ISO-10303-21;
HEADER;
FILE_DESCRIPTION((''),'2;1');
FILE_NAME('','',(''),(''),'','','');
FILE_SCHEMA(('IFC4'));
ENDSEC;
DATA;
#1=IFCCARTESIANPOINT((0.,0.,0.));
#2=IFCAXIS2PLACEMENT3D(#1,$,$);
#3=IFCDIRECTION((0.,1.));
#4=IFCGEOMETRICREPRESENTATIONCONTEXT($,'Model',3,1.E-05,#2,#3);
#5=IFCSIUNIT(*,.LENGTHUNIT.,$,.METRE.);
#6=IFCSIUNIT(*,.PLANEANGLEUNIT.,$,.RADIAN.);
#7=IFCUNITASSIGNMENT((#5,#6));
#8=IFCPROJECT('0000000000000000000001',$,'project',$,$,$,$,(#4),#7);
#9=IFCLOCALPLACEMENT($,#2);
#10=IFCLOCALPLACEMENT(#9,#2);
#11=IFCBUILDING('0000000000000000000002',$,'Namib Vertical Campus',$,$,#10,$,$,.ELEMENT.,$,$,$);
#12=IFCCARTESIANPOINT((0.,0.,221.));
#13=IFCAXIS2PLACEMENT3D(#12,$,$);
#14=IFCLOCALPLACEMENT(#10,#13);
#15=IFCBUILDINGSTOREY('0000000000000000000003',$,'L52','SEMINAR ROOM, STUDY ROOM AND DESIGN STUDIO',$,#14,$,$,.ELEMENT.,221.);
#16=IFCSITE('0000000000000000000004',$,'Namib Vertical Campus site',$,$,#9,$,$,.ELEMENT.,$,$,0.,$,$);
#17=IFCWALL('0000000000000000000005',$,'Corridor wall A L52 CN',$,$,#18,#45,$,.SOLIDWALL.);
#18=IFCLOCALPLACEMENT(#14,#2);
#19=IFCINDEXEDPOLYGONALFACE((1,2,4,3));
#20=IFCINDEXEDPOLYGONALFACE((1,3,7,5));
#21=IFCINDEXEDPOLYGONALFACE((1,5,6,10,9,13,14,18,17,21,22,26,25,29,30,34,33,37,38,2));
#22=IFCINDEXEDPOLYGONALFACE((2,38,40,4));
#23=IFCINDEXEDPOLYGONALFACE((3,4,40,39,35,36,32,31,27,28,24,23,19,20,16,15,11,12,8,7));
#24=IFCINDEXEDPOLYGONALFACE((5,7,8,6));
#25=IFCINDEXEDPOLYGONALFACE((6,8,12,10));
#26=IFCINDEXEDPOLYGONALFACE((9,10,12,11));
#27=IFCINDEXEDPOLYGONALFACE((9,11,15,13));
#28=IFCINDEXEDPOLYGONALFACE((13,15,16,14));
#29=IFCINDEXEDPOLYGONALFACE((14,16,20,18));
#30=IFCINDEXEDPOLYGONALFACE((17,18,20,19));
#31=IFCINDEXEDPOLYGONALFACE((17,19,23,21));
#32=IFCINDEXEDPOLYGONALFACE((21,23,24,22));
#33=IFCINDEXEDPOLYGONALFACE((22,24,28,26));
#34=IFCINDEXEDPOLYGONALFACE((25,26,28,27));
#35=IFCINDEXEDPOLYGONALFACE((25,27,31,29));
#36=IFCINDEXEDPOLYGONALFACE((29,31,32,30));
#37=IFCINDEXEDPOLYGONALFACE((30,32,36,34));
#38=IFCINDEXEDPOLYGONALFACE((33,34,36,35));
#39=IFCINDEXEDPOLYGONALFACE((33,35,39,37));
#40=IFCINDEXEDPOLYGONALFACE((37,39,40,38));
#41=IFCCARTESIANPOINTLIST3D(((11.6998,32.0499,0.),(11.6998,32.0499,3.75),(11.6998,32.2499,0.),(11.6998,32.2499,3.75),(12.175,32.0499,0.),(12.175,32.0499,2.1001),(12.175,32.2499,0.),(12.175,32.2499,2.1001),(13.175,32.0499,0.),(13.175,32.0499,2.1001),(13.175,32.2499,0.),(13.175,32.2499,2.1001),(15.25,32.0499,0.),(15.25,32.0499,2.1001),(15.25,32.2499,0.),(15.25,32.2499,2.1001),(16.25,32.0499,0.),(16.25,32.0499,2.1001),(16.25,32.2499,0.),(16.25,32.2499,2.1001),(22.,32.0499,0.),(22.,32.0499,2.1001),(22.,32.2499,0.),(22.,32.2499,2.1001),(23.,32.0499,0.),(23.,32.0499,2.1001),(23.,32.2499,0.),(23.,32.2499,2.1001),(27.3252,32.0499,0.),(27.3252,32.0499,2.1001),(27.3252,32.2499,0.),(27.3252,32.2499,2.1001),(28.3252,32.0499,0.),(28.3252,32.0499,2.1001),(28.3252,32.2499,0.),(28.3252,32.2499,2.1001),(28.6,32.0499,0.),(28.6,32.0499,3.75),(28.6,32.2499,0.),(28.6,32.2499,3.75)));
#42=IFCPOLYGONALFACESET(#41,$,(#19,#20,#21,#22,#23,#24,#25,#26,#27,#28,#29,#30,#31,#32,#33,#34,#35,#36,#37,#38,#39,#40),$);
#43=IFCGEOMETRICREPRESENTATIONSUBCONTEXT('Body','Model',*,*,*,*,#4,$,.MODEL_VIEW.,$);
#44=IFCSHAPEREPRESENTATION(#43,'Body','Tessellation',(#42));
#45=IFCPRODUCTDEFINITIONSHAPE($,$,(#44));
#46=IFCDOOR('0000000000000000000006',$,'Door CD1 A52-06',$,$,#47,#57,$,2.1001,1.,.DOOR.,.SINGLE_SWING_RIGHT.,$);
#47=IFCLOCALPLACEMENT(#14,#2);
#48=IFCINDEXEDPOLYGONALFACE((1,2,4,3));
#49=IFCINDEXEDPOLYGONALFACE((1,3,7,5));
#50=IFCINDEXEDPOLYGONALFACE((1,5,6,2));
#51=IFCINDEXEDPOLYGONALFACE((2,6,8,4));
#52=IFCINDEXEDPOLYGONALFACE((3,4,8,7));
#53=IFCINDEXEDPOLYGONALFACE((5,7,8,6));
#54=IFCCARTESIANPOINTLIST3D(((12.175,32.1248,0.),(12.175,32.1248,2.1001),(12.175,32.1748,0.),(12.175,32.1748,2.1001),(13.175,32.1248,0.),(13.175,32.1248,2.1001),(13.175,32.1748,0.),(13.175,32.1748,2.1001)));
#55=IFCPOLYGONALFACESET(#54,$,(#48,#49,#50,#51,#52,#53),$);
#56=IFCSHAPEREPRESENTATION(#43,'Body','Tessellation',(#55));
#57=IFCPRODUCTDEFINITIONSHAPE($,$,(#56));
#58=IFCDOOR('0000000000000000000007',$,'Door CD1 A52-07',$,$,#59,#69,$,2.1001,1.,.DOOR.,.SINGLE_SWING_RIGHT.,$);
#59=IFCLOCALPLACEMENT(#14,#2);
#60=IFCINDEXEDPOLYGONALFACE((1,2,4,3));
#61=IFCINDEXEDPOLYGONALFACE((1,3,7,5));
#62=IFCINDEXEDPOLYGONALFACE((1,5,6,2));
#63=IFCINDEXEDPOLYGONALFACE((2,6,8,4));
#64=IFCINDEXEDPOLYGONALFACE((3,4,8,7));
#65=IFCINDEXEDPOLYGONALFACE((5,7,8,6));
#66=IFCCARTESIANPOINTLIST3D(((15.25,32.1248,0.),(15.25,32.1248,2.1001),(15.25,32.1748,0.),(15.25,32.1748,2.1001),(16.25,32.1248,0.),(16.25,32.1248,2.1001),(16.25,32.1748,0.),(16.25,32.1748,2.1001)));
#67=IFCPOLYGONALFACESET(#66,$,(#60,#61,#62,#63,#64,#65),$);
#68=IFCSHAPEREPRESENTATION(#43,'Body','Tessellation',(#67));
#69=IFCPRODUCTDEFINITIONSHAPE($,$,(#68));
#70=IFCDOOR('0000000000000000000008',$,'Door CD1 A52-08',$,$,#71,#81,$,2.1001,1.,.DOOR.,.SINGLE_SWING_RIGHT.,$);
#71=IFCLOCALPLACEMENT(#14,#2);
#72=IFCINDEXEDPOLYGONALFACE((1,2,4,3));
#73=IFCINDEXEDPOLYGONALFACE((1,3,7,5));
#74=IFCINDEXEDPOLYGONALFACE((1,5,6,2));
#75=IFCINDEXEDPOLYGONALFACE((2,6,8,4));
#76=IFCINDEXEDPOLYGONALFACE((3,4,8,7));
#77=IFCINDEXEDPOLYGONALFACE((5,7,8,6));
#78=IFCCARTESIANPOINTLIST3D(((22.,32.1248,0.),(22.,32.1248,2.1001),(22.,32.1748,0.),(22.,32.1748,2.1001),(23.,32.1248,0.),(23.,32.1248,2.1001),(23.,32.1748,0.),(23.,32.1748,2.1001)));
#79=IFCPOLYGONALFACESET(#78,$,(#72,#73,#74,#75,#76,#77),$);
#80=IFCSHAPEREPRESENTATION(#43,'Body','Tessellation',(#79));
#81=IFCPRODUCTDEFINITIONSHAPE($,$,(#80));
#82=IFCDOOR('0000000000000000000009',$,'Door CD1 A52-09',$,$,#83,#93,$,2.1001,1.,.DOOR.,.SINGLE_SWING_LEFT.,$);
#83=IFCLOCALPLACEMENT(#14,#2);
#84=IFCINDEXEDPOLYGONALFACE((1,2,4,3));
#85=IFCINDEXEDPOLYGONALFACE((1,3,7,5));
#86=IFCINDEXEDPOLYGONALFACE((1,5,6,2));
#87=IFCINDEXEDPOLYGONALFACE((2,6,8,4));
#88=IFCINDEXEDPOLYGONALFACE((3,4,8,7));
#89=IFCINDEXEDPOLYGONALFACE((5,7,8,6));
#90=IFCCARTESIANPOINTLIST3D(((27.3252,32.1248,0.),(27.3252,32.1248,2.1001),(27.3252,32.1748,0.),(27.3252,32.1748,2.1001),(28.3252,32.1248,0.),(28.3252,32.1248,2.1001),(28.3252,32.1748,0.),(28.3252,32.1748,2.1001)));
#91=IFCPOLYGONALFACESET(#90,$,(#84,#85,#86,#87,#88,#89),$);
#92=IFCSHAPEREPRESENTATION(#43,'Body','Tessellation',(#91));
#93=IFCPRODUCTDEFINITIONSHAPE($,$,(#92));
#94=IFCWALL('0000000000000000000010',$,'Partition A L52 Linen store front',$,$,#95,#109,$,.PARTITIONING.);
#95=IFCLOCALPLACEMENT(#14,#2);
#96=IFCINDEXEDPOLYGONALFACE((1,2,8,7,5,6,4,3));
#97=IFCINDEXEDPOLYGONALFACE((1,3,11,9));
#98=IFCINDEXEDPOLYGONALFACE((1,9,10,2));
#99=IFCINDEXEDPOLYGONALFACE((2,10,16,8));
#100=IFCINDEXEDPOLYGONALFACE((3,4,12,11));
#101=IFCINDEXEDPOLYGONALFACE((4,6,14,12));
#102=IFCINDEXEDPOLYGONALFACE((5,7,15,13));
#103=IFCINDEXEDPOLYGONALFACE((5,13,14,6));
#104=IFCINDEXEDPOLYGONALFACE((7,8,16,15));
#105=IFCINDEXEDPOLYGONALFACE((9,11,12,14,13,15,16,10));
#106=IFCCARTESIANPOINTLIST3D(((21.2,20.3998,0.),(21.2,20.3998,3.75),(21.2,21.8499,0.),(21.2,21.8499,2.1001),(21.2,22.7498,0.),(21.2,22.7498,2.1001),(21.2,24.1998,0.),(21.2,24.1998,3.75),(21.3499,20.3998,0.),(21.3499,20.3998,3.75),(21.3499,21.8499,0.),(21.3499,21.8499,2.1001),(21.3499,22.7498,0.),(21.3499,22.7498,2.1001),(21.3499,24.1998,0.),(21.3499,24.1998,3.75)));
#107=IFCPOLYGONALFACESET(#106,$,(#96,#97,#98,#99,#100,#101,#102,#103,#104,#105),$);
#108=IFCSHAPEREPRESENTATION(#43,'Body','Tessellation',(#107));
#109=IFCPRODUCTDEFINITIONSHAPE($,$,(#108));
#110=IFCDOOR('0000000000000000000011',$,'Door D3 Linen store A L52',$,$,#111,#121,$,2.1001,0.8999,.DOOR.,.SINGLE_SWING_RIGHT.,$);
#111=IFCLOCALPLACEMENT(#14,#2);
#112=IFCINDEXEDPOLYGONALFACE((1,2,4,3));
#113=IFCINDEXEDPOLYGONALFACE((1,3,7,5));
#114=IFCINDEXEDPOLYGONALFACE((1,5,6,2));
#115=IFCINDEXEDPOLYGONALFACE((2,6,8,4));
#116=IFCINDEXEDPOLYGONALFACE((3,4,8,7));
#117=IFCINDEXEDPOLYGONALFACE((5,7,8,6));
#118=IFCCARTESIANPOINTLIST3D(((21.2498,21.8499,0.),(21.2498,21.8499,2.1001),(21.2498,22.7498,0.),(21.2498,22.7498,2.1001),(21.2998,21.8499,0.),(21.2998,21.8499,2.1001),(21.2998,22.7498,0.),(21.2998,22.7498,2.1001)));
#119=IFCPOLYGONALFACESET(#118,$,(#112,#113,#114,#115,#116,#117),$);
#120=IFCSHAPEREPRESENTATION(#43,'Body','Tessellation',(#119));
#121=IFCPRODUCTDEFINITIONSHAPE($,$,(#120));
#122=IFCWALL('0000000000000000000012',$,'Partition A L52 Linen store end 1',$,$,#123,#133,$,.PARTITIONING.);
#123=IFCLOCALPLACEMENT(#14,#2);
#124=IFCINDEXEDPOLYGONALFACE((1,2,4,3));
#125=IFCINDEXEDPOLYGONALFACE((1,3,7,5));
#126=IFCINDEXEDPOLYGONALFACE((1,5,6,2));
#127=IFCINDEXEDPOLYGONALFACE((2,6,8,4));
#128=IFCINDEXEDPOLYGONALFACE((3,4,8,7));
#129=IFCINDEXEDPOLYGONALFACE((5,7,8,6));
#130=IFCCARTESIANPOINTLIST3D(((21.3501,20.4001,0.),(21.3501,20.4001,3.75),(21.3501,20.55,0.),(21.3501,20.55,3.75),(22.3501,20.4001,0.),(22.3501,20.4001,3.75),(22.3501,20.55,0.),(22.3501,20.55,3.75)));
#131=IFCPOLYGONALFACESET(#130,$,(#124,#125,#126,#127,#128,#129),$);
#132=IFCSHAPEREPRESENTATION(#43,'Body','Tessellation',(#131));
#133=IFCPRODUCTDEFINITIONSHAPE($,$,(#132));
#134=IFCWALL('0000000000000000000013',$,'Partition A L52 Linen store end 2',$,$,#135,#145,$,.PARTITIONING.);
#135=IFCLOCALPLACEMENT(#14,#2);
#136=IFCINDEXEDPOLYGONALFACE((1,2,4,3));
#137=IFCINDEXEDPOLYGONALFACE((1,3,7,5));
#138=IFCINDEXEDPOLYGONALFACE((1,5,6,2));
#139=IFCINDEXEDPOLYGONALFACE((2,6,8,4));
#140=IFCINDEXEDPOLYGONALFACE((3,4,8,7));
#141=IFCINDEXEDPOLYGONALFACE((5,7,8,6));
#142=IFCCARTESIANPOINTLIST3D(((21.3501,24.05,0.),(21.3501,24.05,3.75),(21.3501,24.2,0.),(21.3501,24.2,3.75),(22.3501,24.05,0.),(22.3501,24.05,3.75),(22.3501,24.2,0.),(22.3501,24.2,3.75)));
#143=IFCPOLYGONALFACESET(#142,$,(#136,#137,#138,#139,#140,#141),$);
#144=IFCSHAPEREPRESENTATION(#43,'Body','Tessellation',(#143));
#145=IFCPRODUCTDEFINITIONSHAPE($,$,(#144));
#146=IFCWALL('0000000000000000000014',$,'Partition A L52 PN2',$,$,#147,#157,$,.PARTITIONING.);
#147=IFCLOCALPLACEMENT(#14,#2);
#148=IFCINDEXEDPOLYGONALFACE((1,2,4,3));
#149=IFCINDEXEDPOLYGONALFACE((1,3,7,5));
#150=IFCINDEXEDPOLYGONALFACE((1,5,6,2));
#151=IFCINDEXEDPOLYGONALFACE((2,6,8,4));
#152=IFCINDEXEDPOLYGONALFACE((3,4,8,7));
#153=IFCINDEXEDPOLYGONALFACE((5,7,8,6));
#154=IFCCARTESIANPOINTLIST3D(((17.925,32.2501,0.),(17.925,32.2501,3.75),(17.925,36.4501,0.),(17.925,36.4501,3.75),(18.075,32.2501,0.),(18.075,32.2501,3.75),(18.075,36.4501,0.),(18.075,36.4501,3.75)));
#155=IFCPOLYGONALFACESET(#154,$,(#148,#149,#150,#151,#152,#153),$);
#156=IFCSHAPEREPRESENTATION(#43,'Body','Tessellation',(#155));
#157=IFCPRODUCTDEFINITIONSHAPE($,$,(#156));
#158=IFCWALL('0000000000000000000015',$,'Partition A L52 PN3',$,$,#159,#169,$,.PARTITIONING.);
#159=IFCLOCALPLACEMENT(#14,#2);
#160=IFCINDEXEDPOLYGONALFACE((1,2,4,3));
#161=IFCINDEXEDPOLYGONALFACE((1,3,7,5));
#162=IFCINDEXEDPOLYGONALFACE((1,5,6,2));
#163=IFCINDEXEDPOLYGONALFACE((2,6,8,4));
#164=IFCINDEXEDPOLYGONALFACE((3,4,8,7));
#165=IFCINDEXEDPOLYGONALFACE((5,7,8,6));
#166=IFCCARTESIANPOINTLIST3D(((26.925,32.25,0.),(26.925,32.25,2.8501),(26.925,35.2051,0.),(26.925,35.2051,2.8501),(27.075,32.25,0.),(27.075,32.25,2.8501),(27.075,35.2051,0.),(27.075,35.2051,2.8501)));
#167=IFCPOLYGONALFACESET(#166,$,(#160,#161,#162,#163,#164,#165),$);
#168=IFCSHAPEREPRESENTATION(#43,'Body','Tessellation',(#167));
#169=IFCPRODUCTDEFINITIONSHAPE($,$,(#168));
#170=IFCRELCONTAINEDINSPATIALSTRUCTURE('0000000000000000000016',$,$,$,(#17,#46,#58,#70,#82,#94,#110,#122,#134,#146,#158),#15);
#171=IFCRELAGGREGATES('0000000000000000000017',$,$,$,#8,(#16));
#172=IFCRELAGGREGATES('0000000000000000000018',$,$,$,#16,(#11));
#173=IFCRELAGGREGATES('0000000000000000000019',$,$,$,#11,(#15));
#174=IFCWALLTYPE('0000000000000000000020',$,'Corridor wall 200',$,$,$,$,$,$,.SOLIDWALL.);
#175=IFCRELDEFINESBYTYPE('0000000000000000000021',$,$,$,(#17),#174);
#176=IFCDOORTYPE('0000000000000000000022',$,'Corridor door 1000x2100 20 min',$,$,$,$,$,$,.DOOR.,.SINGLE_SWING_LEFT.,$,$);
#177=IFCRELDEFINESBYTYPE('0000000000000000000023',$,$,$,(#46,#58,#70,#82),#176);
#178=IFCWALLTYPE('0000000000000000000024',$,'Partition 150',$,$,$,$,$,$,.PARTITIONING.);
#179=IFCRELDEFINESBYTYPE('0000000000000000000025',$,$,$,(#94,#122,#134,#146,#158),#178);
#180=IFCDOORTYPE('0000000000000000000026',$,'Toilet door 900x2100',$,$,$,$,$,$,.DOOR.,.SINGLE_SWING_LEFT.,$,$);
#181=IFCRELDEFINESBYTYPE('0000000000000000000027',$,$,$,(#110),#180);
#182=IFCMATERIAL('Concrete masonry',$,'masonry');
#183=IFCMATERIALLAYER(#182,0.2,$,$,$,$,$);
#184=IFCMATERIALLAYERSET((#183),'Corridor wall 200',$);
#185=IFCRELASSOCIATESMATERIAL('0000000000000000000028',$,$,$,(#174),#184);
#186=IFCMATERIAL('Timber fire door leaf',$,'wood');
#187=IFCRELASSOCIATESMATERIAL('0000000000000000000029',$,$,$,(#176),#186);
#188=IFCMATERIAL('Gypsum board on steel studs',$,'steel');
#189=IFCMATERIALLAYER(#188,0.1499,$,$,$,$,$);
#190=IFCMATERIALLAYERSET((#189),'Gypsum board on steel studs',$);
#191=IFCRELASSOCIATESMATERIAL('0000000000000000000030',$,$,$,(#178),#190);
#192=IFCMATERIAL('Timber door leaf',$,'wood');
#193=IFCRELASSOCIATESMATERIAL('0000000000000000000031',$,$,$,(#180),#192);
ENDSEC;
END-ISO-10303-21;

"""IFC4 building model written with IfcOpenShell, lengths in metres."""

from ifc_helpers import new_model, si_unit, direction, frame, frame_2d, origin, place, context, subcontext, project, spatial, rectangle, extrude, material, layer, layer_set, type_object, element, fill, save


model = new_model("IFC4")

# Units and contexts
model_context = context("Model", 3, precision=1e-05, world=origin(), true_north=direction((0.0, 1.0)))
body_context = subcontext(model_context, "Body", "Model", "MODEL_VIEW")
ifc_project = project(units=[si_unit("LENGTHUNIT", "METRE"), si_unit("PLANEANGLEUNIT", "RADIAN")], contexts=[model_context])

# Site, building, storey
site_placement = place(None, origin())
site = spatial("IfcSite", under=ifc_project, at=site_placement, Name="Namib Vertical Campus site", CompositionType="ELEMENT", RefElevation=0.0)
building_placement = place(site_placement, origin())
building = spatial("IfcBuilding", under=site, at=building_placement, Name="Namib Vertical Campus", CompositionType="ELEMENT")
storey_placement = place(building_placement, frame((0.0, 0.0, 221.0)))
storey = spatial("IfcBuildingStorey", under=building, at=storey_placement, Name="L52", Description="SEMINAR ROOM, STUDY ROOM AND DESIGN STUDIO", CompositionType="ELEMENT", Elevation=221.0)

# Wall, openings, doors
ifc_material_1 = material(Name="Concrete masonry", Category="masonry")
ifc_layer_1 = layer(ifc_material_1, 0.2)
ifc_layer_set_1 = layer_set([ifc_layer_1], Name="Corridor wall 200")
wall_type_1 = type_object("IfcWallType", Name="Corridor wall 200", PredefinedType="SOLIDWALL", material=ifc_layer_set_1)
wall_1_placement = place(storey_placement, frame((28.6001, 32.1499, 0.0), z_axis=(0.0, 0.0, 1.0), x_axis=(-1.0, 0.0, 0.0)))
wall_1 = element("IfcWall", 1, at=wall_1_placement, inside=storey, type_object=wall_type_1, Name="Corridor wall A L52 CN", PredefinedType="SOLIDWALL", context=body_context, shape_type="SweptSolid", body=[
    extrude(rectangle(XDim=16.9001, YDim=0.2, at=frame_2d((8.4502, 0.0))), origin(), (0.0, 0.0, 1.0), 3.75),
])
opening_1_placement = place(wall_1_placement, frame((15.425, 0.0, 0.0)))
opening_1 = element("IfcOpeningElement", 2, at=opening_1_placement, cuts=wall_1, PredefinedType="OPENING", context=body_context, shape_type="SweptSolid", body=[
    extrude(rectangle(XDim=1.0, YDim=2.1001, at=frame_2d((0.5, 1.05))), frame((0.0, 0.1099, 0.0), z_axis=(0.0, -1.0, 0.0), x_axis=(1.0, 0.0, 0.0)), (0.0, 0.0, 1.0), 0.22),
])
opening_2_placement = place(wall_1_placement, frame((12.3501, 0.0, 0.0)))
opening_2 = element("IfcOpeningElement", 3, at=opening_2_placement, cuts=wall_1, PredefinedType="OPENING", context=body_context, shape_type="SweptSolid", body=[
    extrude(rectangle(XDim=1.0, YDim=2.1001, at=frame_2d((0.5, 1.05))), frame((0.0, 0.1099, 0.0), z_axis=(0.0, -1.0, 0.0), x_axis=(1.0, 0.0, 0.0)), (0.0, 0.0, 1.0), 0.22),
])
opening_3_placement = place(wall_1_placement, frame((5.6001, 0.0, 0.0)))
opening_3 = element("IfcOpeningElement", 4, at=opening_3_placement, cuts=wall_1, PredefinedType="OPENING", context=body_context, shape_type="SweptSolid", body=[
    extrude(rectangle(XDim=1.0, YDim=2.1001, at=frame_2d((0.5, 1.05))), frame((0.0, 0.1099, 0.0), z_axis=(0.0, -1.0, 0.0), x_axis=(1.0, 0.0, 0.0)), (0.0, 0.0, 1.0), 0.22),
])
opening_4_placement = place(wall_1_placement, frame((0.2749, 0.0, 0.0)))
opening_4 = element("IfcOpeningElement", 5, at=opening_4_placement, cuts=wall_1, PredefinedType="OPENING", context=body_context, shape_type="SweptSolid", body=[
    extrude(rectangle(XDim=1.0, YDim=2.1001, at=frame_2d((0.5, 1.05))), frame((0.0, 0.1099, 0.0), z_axis=(0.0, -1.0, 0.0), x_axis=(1.0, 0.0, 0.0)), (0.0, 0.0, 1.0), 0.22),
])
ifc_material_2 = material(Name="Timber fire door leaf", Category="wood")
door_type_1 = type_object("IfcDoorType", Name="Corridor door 1000x2100 20 min", OperationType="SINGLE_SWING_LEFT", PredefinedType="DOOR", material=ifc_material_2)
door_1_placement = place(opening_1_placement, frame((1.0, 0.0, 0.0), z_axis=(0.0, 0.0, 1.0), x_axis=(-1.0, 0.0, 0.0)))
door_1 = element("IfcDoor", 6, at=door_1_placement, inside=storey, type_object=door_type_1, Name="Door CD1 A52-06", OperationType="SINGLE_SWING_RIGHT", OverallHeight=2.1001, OverallWidth=1.0, PredefinedType="DOOR", context=body_context, shape_type="SweptSolid", body=[
    extrude(rectangle(XDim=1.0, YDim=2.1001, at=frame_2d((0.5, 1.05))), frame((0.0, 0.0249, 0.0), z_axis=(0.0, -1.0, 0.0), x_axis=(1.0, 0.0, 0.0)), (0.0, 0.0, 1.0), 0.05),
])
fill(opening_1, door_1)
door_2_placement = place(opening_2_placement, frame((1.0, 0.0, 0.0), z_axis=(0.0, 0.0, 1.0), x_axis=(-1.0, 0.0, 0.0)))
door_2 = element("IfcDoor", 7, at=door_2_placement, inside=storey, type_object=door_type_1, Name="Door CD1 A52-07", OperationType="SINGLE_SWING_RIGHT", OverallHeight=2.1001, OverallWidth=1.0, PredefinedType="DOOR", context=body_context, shape_type="SweptSolid", body=[
    extrude(rectangle(XDim=1.0, YDim=2.1001, at=frame_2d((0.5, 1.05))), frame((0.0, 0.0249, 0.0), z_axis=(0.0, -1.0, 0.0), x_axis=(1.0, 0.0, 0.0)), (0.0, 0.0, 1.0), 0.05),
])
fill(opening_2, door_2)
door_3_placement = place(opening_3_placement, frame((1.0, 0.0, 0.0), z_axis=(0.0, 0.0, 1.0), x_axis=(-1.0, 0.0, 0.0)))
door_3 = element("IfcDoor", 8, at=door_3_placement, inside=storey, type_object=door_type_1, Name="Door CD1 A52-08", OperationType="SINGLE_SWING_RIGHT", OverallHeight=2.1001, OverallWidth=1.0, PredefinedType="DOOR", context=body_context, shape_type="SweptSolid", body=[
    extrude(rectangle(XDim=1.0, YDim=2.1001, at=frame_2d((0.5, 1.05))), frame((0.0, 0.0249, 0.0), z_axis=(0.0, -1.0, 0.0), x_axis=(1.0, 0.0, 0.0)), (0.0, 0.0, 1.0), 0.05),
])
fill(opening_3, door_3)
door_4_placement = place(opening_4_placement, frame((1.0, 0.0, 0.0), z_axis=(0.0, 0.0, 1.0), x_axis=(-1.0, 0.0, 0.0)))
door_4 = element("IfcDoor", 9, at=door_4_placement, inside=storey, type_object=door_type_1, Name="Door CD1 A52-09", OperationType="SINGLE_SWING_LEFT", OverallHeight=2.1001, OverallWidth=1.0, PredefinedType="DOOR", context=body_context, shape_type="SweptSolid", body=[
    extrude(rectangle(XDim=1.0, YDim=2.1001, at=frame_2d((0.5, 1.05))), frame((0.0, 0.0249, 0.0), z_axis=(0.0, -1.0, 0.0), x_axis=(1.0, 0.0, 0.0)), (0.0, 0.0, 1.0), 0.05),
])
fill(opening_4, door_4)

# Wall, opening, door
ifc_material_3 = material(Name="Gypsum board on steel studs", Category="steel")
ifc_layer_2 = layer(ifc_material_3, 0.1499)
ifc_layer_set_2 = layer_set([ifc_layer_2], Name="Gypsum board on steel studs")
wall_type_2 = type_object("IfcWallType", Name="Partition 150", PredefinedType="PARTITIONING", material=ifc_layer_set_2)
wall_2_placement = place(storey_placement, frame((21.2749, 20.3999, 0.0), z_axis=(0.0, 0.0, 1.0), x_axis=(0.0, 1.0, 0.0)))
wall_2 = element("IfcWall", 10, at=wall_2_placement, inside=storey, type_object=wall_type_2, Name="Partition A L52 Linen store front", PredefinedType="PARTITIONING", context=body_context, shape_type="SweptSolid", body=[
    extrude(rectangle(XDim=3.8, YDim=0.1499, at=frame_2d((1.8999, 0.0))), origin(), (0.0, 0.0, 1.0), 3.75),
])
opening_5_placement = place(wall_2_placement, frame((1.45, 0.0, 0.0)))
opening_5 = element("IfcOpeningElement", 11, at=opening_5_placement, cuts=wall_2, PredefinedType="OPENING", context=body_context, shape_type="SweptSolid", body=[
    extrude(rectangle(XDim=0.8999, YDim=2.1001, at=frame_2d((0.45, 1.05))), frame((0.0, 0.085, 0.0), z_axis=(0.0, -1.0, 0.0), x_axis=(1.0, 0.0, 0.0)), (0.0, 0.0, 1.0), 0.1699),
])
ifc_material_4 = material(Name="Timber door leaf", Category="wood")
door_type_2 = type_object("IfcDoorType", Name="Toilet door 900x2100", OperationType="SINGLE_SWING_LEFT", PredefinedType="DOOR", material=ifc_material_4)
door_5_placement = place(opening_5_placement, frame((0.8999, 0.0, 0.0), z_axis=(0.0, 0.0, 1.0), x_axis=(-1.0, 0.0, 0.0)))
door_5 = element("IfcDoor", 12, at=door_5_placement, inside=storey, type_object=door_type_2, Name="Door D3 Linen store A L52", OperationType="SINGLE_SWING_RIGHT", OverallHeight=2.1001, OverallWidth=0.8999, PredefinedType="DOOR", context=body_context, shape_type="SweptSolid", body=[
    extrude(rectangle(XDim=0.8999, YDim=2.1001, at=frame_2d((0.45, 1.05))), frame((0.0, 0.0249, 0.0), z_axis=(0.0, -1.0, 0.0), x_axis=(1.0, 0.0, 0.0)), (0.0, 0.0, 1.0), 0.05),
])
fill(opening_5, door_5)

# Walls
for number, where, z_axis, x_axis, name in (
    (13, (21.3501, 20.4751, 0.0), (0.0, 0.0, 1.0), (1.0, 0.0, 0.0), "Partition A L52 Linen store end 1"),
    (14, (21.3501, 24.125, 0.0), (0.0, 0.0, 1.0), (1.0, 0.0, 0.0), "Partition A L52 Linen store end 2"),
):
    element("IfcWall", number, at=place(storey_placement, frame(where, z_axis=z_axis, x_axis=x_axis)), inside=storey, type_object=wall_type_2, Name=name, PredefinedType="PARTITIONING", context=body_context, shape_type="SweptSolid", body=[
        extrude(rectangle(XDim=1.0, YDim=0.1499, at=frame_2d((0.5, 0.0))), origin(), (0.0, 0.0, 1.0), 3.75),
    ])
wall_3_placement = place(storey_placement, frame((18.0, 32.25, 0.0), z_axis=(0.0, 0.0, 1.0), x_axis=(0.0, 1.0, 0.0)))
element("IfcWall", 15, at=wall_3_placement, inside=storey, type_object=wall_type_2, Name="Partition A L52 PN2", PredefinedType="PARTITIONING", context=body_context, shape_type="SweptSolid", body=[
    extrude(rectangle(XDim=4.2, YDim=0.1499, at=frame_2d((2.1001, 0.0))), origin(), (0.0, 0.0, 1.0), 3.75),
])
wall_4_placement = place(storey_placement, frame((27.0, 32.25, 0.0), z_axis=(0.0, 0.0, 1.0), x_axis=(0.0, 1.0, 0.0)))
element("IfcWall", 16, at=wall_4_placement, inside=storey, type_object=wall_type_2, Name="Partition A L52 PN3", PredefinedType="PARTITIONING", context=body_context, shape_type="SweptSolid", body=[
    extrude(rectangle(XDim=2.9551, YDim=0.1499, at=frame_2d((1.4775, 0.0))), origin(), (0.0, 0.0, 1.0), 2.8501),
])

save(model, "model.ifc")
